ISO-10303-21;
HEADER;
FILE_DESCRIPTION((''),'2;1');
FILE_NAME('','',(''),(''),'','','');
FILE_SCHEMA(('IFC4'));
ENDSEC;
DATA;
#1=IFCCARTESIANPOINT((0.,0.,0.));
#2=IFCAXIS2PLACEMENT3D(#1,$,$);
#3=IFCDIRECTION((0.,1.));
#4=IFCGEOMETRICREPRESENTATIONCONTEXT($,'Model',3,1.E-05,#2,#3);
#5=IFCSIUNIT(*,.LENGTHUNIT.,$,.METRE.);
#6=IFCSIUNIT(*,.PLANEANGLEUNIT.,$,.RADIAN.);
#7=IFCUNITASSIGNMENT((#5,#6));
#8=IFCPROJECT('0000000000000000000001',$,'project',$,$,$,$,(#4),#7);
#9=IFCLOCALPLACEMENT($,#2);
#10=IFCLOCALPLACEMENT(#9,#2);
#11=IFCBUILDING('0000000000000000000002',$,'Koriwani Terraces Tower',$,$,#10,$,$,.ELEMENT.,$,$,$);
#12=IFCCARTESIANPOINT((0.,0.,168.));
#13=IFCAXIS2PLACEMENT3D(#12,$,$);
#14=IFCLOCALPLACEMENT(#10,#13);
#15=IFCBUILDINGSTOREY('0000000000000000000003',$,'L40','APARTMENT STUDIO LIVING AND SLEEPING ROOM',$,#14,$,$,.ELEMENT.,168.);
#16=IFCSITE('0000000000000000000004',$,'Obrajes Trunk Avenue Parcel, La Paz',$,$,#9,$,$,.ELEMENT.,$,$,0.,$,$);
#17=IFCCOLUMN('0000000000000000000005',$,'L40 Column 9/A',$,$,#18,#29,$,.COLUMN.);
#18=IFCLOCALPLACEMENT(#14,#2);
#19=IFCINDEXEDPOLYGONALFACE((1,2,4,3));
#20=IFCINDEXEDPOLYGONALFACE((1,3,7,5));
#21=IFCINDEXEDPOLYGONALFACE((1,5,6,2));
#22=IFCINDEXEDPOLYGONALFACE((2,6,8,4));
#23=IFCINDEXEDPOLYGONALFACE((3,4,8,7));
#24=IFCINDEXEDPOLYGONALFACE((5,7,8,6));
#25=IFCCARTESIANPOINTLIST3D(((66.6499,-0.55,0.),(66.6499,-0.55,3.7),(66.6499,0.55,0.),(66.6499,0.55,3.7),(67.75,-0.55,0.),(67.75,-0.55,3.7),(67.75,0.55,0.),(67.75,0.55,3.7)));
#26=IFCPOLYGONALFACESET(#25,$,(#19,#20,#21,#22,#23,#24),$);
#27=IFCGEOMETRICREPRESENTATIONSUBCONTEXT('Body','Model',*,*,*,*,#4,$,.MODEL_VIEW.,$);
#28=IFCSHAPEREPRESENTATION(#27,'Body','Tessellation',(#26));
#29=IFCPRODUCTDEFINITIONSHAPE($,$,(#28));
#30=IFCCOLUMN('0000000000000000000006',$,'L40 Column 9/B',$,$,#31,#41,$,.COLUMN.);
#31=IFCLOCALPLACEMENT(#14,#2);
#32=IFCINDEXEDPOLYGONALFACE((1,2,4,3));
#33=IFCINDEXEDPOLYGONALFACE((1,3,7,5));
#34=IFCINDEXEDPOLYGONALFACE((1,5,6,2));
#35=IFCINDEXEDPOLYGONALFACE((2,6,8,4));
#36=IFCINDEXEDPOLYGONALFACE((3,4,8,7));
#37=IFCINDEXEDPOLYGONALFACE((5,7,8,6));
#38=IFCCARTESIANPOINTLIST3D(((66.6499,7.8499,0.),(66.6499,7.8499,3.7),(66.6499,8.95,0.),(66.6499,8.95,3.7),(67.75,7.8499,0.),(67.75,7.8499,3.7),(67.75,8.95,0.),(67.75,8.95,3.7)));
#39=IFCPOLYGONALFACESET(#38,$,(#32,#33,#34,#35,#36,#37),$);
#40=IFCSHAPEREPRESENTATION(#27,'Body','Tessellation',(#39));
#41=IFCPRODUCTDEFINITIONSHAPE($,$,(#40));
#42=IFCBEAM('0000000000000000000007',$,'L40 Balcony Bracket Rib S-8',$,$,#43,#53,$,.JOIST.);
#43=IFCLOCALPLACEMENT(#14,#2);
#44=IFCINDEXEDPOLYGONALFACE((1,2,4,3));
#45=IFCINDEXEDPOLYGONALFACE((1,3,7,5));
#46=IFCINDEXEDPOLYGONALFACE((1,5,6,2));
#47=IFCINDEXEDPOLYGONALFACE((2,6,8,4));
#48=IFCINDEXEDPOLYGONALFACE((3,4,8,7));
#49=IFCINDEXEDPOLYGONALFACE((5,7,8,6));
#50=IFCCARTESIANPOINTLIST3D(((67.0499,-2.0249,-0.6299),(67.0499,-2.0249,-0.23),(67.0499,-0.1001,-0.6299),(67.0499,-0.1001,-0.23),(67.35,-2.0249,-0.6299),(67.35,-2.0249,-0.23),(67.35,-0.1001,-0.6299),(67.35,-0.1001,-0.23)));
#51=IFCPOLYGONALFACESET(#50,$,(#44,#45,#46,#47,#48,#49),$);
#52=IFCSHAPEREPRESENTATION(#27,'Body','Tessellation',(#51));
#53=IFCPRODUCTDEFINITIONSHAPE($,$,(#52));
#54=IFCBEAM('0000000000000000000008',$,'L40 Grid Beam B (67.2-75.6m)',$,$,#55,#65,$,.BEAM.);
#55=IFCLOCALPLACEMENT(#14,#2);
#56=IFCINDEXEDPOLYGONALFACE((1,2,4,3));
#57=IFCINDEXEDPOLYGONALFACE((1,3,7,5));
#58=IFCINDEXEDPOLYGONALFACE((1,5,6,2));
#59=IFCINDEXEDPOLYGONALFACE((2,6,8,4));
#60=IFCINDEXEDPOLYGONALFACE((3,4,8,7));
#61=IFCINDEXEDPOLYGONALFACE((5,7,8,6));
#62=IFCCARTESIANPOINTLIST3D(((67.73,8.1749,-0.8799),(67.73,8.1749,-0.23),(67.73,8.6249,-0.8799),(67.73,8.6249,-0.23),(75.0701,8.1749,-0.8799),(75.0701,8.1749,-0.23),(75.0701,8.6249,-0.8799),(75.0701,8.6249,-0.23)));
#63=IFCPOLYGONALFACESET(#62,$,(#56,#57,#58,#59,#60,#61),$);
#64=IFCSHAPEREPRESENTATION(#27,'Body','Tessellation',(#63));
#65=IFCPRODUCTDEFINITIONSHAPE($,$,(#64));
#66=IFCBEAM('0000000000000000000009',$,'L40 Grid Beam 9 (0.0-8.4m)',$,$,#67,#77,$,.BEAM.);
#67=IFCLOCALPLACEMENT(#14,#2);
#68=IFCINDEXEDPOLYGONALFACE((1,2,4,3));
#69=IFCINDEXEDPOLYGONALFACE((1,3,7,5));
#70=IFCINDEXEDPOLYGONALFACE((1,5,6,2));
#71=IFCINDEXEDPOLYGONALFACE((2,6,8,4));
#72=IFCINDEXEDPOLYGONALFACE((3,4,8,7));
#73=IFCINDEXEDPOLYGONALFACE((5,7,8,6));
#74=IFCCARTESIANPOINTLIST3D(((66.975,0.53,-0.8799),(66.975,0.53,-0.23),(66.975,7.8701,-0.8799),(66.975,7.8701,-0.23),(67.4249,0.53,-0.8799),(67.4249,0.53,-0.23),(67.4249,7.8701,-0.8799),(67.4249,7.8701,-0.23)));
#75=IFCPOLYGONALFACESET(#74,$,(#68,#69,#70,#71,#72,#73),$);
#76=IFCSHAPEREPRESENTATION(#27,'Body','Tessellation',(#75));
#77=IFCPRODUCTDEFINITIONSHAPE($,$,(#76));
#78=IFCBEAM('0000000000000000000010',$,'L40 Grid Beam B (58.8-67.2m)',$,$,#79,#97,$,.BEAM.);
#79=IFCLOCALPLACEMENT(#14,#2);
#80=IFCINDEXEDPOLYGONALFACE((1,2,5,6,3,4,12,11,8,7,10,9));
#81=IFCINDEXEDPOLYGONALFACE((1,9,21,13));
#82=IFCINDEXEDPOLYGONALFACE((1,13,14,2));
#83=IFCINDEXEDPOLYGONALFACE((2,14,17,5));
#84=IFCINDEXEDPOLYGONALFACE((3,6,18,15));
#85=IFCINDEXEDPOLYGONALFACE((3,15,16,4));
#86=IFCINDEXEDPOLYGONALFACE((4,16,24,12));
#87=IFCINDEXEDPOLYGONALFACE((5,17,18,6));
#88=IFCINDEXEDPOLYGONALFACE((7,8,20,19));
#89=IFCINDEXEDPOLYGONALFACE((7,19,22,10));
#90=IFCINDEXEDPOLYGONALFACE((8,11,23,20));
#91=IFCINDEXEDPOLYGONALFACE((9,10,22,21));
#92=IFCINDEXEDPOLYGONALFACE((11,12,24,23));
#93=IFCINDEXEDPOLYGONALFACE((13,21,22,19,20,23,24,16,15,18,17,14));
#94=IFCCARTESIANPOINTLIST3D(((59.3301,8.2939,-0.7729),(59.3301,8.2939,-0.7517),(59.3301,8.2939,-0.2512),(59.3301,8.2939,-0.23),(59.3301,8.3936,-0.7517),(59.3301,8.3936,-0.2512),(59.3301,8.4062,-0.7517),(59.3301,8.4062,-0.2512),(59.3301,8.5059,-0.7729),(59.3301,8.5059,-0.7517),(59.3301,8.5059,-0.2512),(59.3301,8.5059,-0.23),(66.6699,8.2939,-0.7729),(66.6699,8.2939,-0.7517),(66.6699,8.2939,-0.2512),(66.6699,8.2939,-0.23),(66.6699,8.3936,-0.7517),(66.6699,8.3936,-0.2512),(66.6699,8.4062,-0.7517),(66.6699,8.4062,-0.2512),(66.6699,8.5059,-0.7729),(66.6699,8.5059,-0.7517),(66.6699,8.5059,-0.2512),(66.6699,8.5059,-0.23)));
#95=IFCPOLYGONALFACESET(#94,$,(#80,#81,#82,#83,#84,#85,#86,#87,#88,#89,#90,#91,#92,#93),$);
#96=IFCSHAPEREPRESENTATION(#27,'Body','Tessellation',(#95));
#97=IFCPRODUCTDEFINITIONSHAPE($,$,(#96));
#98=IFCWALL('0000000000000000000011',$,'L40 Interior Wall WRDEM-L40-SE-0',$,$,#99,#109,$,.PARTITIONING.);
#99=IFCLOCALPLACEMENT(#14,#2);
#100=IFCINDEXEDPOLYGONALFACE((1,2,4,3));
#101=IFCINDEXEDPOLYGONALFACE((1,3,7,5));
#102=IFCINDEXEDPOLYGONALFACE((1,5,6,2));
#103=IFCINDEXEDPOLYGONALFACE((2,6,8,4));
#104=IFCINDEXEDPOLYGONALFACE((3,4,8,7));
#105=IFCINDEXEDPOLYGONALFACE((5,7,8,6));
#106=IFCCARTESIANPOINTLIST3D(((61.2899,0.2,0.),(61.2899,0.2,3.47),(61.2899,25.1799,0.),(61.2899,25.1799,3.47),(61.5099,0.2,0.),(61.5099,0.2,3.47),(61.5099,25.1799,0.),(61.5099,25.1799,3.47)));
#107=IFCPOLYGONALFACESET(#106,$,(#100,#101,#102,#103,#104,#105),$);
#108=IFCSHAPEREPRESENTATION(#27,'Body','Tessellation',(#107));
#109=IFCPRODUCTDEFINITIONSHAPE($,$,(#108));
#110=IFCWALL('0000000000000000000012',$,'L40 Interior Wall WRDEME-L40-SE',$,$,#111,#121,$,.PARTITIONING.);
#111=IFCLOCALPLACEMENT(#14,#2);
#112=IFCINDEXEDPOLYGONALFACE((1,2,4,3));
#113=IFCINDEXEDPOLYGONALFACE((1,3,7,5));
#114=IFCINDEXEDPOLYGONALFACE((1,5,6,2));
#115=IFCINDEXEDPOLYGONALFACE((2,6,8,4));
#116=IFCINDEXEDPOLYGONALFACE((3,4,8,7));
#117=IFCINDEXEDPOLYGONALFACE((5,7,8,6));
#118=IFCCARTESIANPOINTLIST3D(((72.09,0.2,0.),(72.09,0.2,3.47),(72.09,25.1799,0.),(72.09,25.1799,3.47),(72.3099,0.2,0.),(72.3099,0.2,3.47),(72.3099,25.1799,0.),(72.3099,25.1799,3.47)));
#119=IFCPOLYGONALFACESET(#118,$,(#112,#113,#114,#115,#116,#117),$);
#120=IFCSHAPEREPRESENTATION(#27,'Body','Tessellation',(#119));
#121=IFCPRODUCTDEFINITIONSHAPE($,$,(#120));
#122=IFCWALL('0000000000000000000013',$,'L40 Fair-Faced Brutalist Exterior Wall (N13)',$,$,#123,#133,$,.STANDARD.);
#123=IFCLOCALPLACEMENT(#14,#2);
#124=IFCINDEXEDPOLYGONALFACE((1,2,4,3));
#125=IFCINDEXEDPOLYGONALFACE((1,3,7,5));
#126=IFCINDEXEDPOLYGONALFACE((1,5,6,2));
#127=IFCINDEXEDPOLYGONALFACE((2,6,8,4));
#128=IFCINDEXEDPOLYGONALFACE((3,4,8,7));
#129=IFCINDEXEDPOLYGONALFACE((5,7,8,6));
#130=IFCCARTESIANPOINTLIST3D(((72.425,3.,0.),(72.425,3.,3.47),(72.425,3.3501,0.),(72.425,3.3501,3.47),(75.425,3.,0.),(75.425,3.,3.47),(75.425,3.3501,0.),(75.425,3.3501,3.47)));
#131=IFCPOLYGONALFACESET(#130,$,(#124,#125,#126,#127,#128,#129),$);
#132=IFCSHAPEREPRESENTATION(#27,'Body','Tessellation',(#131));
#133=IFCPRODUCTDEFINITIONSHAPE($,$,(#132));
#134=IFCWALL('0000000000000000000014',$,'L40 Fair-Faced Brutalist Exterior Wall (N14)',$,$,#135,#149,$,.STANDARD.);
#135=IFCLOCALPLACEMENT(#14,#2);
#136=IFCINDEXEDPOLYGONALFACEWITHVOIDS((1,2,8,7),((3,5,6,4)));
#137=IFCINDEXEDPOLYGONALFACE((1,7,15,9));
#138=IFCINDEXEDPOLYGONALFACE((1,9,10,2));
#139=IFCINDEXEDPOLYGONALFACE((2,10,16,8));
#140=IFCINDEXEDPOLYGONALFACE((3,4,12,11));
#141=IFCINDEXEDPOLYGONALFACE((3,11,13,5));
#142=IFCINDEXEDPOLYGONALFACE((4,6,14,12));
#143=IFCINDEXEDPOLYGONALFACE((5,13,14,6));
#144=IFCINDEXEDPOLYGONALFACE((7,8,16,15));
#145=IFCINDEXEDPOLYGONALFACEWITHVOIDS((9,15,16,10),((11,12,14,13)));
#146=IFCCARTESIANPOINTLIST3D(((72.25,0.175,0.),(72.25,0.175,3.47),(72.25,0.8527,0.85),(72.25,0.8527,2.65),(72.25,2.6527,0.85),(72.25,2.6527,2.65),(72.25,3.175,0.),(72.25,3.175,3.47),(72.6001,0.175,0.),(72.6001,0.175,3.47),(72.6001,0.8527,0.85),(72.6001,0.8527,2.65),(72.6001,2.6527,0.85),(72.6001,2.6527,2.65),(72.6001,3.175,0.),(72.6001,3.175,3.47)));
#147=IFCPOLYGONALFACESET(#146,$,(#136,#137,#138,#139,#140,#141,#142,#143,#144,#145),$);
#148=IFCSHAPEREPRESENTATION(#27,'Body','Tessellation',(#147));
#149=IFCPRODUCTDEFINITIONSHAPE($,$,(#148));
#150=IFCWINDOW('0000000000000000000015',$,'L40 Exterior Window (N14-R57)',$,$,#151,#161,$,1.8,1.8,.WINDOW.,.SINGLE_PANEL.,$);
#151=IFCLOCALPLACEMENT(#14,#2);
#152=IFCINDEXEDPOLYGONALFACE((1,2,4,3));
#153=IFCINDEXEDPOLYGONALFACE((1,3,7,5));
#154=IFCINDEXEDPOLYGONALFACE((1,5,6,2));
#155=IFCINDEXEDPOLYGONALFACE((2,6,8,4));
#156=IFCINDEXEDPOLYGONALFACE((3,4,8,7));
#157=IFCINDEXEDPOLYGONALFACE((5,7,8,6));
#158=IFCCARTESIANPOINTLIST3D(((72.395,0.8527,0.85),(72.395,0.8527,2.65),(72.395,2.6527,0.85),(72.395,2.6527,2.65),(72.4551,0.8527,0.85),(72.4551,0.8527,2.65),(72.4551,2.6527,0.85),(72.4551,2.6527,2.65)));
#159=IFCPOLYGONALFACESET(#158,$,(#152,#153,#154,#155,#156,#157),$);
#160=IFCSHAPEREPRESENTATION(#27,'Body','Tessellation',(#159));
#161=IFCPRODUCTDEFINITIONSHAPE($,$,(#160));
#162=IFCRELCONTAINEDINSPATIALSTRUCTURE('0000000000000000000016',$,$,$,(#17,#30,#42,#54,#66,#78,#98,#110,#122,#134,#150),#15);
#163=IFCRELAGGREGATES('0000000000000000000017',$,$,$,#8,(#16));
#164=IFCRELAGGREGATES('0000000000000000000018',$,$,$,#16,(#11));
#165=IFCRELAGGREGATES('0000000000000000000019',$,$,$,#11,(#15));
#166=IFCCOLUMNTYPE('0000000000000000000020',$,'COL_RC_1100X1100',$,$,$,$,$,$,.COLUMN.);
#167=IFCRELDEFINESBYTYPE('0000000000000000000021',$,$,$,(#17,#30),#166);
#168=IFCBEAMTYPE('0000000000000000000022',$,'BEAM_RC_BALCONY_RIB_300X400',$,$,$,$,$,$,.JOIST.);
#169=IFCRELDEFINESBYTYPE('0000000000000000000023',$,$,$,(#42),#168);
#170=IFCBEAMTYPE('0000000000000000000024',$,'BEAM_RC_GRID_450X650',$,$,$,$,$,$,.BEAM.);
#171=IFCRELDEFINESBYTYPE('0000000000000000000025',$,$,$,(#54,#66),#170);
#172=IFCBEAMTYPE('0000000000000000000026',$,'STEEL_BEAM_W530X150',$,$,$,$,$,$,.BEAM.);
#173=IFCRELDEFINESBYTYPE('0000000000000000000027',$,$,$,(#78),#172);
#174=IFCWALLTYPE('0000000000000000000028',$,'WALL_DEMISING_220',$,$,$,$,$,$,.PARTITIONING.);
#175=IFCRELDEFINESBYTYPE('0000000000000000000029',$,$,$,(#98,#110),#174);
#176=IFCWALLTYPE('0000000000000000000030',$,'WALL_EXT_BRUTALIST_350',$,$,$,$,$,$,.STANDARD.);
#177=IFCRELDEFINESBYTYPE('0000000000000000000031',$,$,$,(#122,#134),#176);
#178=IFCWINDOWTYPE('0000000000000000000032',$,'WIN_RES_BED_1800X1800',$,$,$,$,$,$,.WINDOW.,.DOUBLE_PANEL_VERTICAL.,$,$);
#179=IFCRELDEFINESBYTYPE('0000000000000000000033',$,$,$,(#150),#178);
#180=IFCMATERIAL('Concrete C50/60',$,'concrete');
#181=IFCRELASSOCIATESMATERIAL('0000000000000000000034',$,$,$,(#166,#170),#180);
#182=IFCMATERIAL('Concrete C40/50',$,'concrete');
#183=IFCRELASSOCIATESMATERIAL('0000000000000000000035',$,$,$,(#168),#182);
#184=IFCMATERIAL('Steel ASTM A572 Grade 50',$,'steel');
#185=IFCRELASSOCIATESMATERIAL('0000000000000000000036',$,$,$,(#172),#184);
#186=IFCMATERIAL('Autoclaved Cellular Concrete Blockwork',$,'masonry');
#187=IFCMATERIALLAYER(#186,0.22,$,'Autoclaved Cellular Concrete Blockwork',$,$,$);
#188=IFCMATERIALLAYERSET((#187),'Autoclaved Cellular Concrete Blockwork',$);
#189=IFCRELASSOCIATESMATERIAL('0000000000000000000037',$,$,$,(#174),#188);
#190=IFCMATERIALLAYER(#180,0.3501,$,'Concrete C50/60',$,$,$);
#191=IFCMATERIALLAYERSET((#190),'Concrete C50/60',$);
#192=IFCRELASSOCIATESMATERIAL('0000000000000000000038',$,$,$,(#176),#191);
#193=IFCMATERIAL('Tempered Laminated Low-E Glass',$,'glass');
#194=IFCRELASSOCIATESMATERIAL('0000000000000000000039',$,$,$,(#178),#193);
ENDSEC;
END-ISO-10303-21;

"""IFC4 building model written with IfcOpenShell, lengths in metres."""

from ifc_helpers import new_model, si_unit, direction, frame, frame_2d, origin, origin_2d, place, context, subcontext, project, spatial, rectangle, i_section, extrude, material, layer, layer_set, material_profile, profile_set, type_object, element, fill, save


model = new_model("IFC4")

# Units and contexts
model_context = context("Model", 3, precision=1e-05, world=origin(), true_north=direction((0.0, 1.0)))
body_context = subcontext(model_context, "Body", "Model", "MODEL_VIEW")
ifc_project = project(units=[si_unit("LENGTHUNIT", "METRE"), si_unit("PLANEANGLEUNIT", "RADIAN")], contexts=[model_context])

# Site, building, storey
site_placement = place(None, origin())
site = spatial("IfcSite", under=ifc_project, at=site_placement, Name="Obrajes Trunk Avenue Parcel, La Paz", CompositionType="ELEMENT", RefElevation=0.0)
building_placement = place(site_placement, origin())
building = spatial("IfcBuilding", under=site, at=building_placement, Name="Koriwani Terraces Tower", CompositionType="ELEMENT")
storey_placement = place(building_placement, frame((0.0, 0.0, 168.0)))
storey = spatial("IfcBuildingStorey", under=building, at=storey_placement, Name="L40", Description="APARTMENT STUDIO LIVING AND SLEEPING ROOM", CompositionType="ELEMENT", Elevation=168.0)

# Columns
ifc_material_1 = material(Name="Concrete C50/60", Category="concrete")
ifc_material_profile_1 = material_profile(ifc_material_1, rectangle(XDim=1.1001, YDim=1.1001, at=origin_2d()), Name="Concrete C50/60", Category="LoadBearing")
ifc_profile_set_1 = profile_set([ifc_material_profile_1], Name="Concrete C50/60")
column_type = type_object("IfcColumnType", Name="COL_RC_1100X1100", PredefinedType="COLUMN", material=ifc_profile_set_1)
for number, where, z_axis, x_axis, name in (
    (1, (67.2, 0.0, 0.0), (0.0, 0.0, 1.0), (1.0, 0.0, 0.0), "L40 Column 9/A"),
    (2, (67.2, 8.3999, 0.0), (0.0, 0.0, 1.0), (1.0, 0.0, 0.0), "L40 Column 9/B"),
):
    element("IfcColumn", number, at=place(storey_placement, frame(where, z_axis=z_axis, x_axis=x_axis)), inside=storey, type_object=column_type, Name=name, PredefinedType="COLUMN", context=body_context, shape_type="SweptSolid", body=[
        extrude(rectangle(XDim=1.1001, YDim=1.1001, at=origin_2d()), origin(), (0.0, 0.0, 1.0), 3.7),
    ])

# Beams
ifc_material_2 = material(Name="Concrete C40/50", Category="concrete")
ifc_material_profile_2 = material_profile(ifc_material_2, rectangle(XDim=0.3, YDim=0.3999, at=origin_2d()), Name="Concrete C40/50", Category="LoadBearing")
ifc_profile_set_2 = profile_set([ifc_material_profile_2], Name="Concrete C40/50")
beam_type_1 = type_object("IfcBeamType", Name="BEAM_RC_BALCONY_RIB_300X400", PredefinedType="JOIST", material=ifc_profile_set_2)
beam_1_placement = place(storey_placement, frame((67.2, -2.0249, -0.4299), z_axis=(0.0, 1.0, 0.0), x_axis=(-1.0, 0.0, 0.0)))
element("IfcBeam", 3, at=beam_1_placement, inside=storey, type_object=beam_type_1, Name="L40 Balcony Bracket Rib S-8", PredefinedType="JOIST", context=body_context, shape_type="SweptSolid", body=[
    extrude(rectangle(XDim=0.3, YDim=0.3999, at=origin_2d()), origin(), (0.0, 0.0, 1.0), 1.9248),
])
ifc_material_profile_3 = material_profile(ifc_material_1, rectangle(XDim=0.45, YDim=0.6499, at=origin_2d()), Name="Concrete C50/60", Category="LoadBearing")
ifc_profile_set_3 = profile_set([ifc_material_profile_3], Name="Concrete C50/60")
beam_type_2 = type_object("IfcBeamType", Name="BEAM_RC_GRID_450X650", PredefinedType="BEAM", material=ifc_profile_set_3)
for number, where, z_axis, x_axis, name in (
    (4, (67.73, 8.3999, -0.5549), (1.0, 0.0, 0.0), (0.0, 1.0, 0.0), "L40 Grid Beam B (67.2-75.6m)"),
    (5, (67.2, 0.53, -0.5549), (0.0, 1.0, 0.0), (-1.0, 0.0, 0.0), "L40 Grid Beam 9 (0.0-8.4m)"),
):
    element("IfcBeam", number, at=place(storey_placement, frame(where, z_axis=z_axis, x_axis=x_axis)), inside=storey, type_object=beam_type_2, Name=name, PredefinedType="BEAM", context=body_context, shape_type="SweptSolid", body=[
        extrude(rectangle(XDim=0.45, YDim=0.6499, at=origin_2d()), origin(), (0.0, 0.0, 1.0), 7.3401),
    ])
ifc_material_3 = material(Name="Steel ASTM A572 Grade 50", Category="steel")
ifc_material_profile_4 = material_profile(ifc_material_3, i_section(OverallWidth=0.2119, OverallDepth=0.543, WebThickness=0.0127, FlangeThickness=0.0212, at=origin_2d()), Name="Steel ASTM A572 Grade 50", Category="LoadBearing")
ifc_profile_set_4 = profile_set([ifc_material_profile_4], Name="Steel ASTM A572 Grade 50")
beam_type_3 = type_object("IfcBeamType", Name="STEEL_BEAM_W530X150", PredefinedType="BEAM", material=ifc_profile_set_4)
beam_2_placement = place(storey_placement, frame((59.3301, 8.3999, -0.5015), z_axis=(1.0, 0.0, 0.0), x_axis=(0.0, 1.0, 0.0)))
element("IfcBeam", 6, at=beam_2_placement, inside=storey, type_object=beam_type_3, Name="L40 Grid Beam B (58.8-67.2m)", PredefinedType="BEAM", context=body_context, shape_type="SweptSolid", body=[
    extrude(i_section(OverallWidth=0.2119, OverallDepth=0.543, WebThickness=0.0127, FlangeThickness=0.0212, at=origin_2d()), origin(), (0.0, 0.0, 1.0), 7.3398),
])

# Walls
ifc_material_4 = material(Name="Autoclaved Cellular Concrete Blockwork", Category="masonry")
ifc_layer_1 = layer(ifc_material_4, 0.22, Name="Autoclaved Cellular Concrete Blockwork")
ifc_layer_set_1 = layer_set([ifc_layer_1], Name="Autoclaved Cellular Concrete Blockwork")
wall_type_1 = type_object("IfcWallType", Name="WALL_DEMISING_220", PredefinedType="PARTITIONING", material=ifc_layer_set_1)
for number, where, z_axis, x_axis, name in (
    (7, (61.3999, 0.2, 0.0), (0.0, 0.0, 1.0), (0.0, 1.0, 0.0), "L40 Interior Wall WRDEM-L40-SE-0"),
    (8, (72.2, 0.2, 0.0), (0.0, 0.0, 1.0), (0.0, 1.0, 0.0), "L40 Interior Wall WRDEME-L40-SE"),
):
    element("IfcWall", number, at=place(storey_placement, frame(where, z_axis=z_axis, x_axis=x_axis)), inside=storey, type_object=wall_type_1, Name=name, PredefinedType="PARTITIONING", context=body_context, shape_type="SweptSolid", body=[
        extrude(rectangle(XDim=24.98, YDim=0.22, at=frame_2d((12.49, 0.0))), origin(), (0.0, 0.0, 1.0), 3.47),
    ])
ifc_layer_2 = layer(ifc_material_1, 0.3501, Name="Concrete C50/60")
ifc_layer_set_2 = layer_set([ifc_layer_2], Name="Concrete C50/60")
wall_type_2 = type_object("IfcWallType", Name="WALL_EXT_BRUTALIST_350", PredefinedType="STANDARD", material=ifc_layer_set_2)
wall_1_placement = place(storey_placement, frame((75.425, 3.175, 0.0), z_axis=(0.0, 0.0, 1.0), x_axis=(-1.0, 0.0, 0.0)))
element("IfcWall", 9, at=wall_1_placement, inside=storey, type_object=wall_type_2, Name="L40 Fair-Faced Brutalist Exterior Wall (N13)", PredefinedType="STANDARD", context=body_context, shape_type="SweptSolid", body=[
    extrude(rectangle(XDim=3.0, YDim=0.3501, at=frame_2d((1.5, 0.0))), origin(), (0.0, 0.0, 1.0), 3.47),
])

# Wall, opening, window
wall_2_placement = place(storey_placement, frame((72.425, 3.175, 0.0), z_axis=(0.0, 0.0, 1.0), x_axis=(0.0, -1.0, 0.0)))
wall_2 = element("IfcWall", 10, at=wall_2_placement, inside=storey, type_object=wall_type_2, Name="L40 Fair-Faced Brutalist Exterior Wall (N14)", PredefinedType="STANDARD", context=body_context, shape_type="SweptSolid", body=[
    extrude(rectangle(XDim=3.0, YDim=0.3501, at=frame_2d((1.5, 0.0))), origin(), (0.0, 0.0, 1.0), 3.47),
])
opening_1_placement = place(wall_2_placement, frame((0.5225, 0.0, 0.8501)))
opening_1 = element("IfcOpeningElement", 11, at=opening_1_placement, cuts=wall_2, PredefinedType="OPENING", context=body_context, shape_type="SweptSolid", body=[
    extrude(rectangle(XDim=1.8, YDim=1.8, at=frame_2d((0.8999, 0.8999))), frame((0.0, 0.1851, 0.0), z_axis=(0.0, -1.0, 0.0), x_axis=(1.0, 0.0, 0.0)), (0.0, 0.0, 1.0), 0.3701),
])
ifc_material_5 = material(Name="Tempered Laminated Low-E Glass", Category="glass")
window_type_1 = type_object("IfcWindowType", Name="WIN_RES_BED_1800X1800", PartitioningType="DOUBLE_PANEL_VERTICAL", PredefinedType="WINDOW", material=ifc_material_5)
window_1_placement = place(opening_1_placement, origin())
window_1 = element("IfcWindow", 12, at=window_1_placement, inside=storey, type_object=window_type_1, Name="L40 Exterior Window (N14-R57)", OverallHeight=1.8, OverallWidth=1.8, PartitioningType="SINGLE_PANEL", PredefinedType="WINDOW", context=body_context, shape_type="SweptSolid", body=[
    extrude(rectangle(XDim=1.8, YDim=1.8, at=frame_2d((0.8999, 0.8999))), frame((0.0, 0.03, 0.0), z_axis=(0.0, -1.0, 0.0), x_axis=(1.0, 0.0, 0.0)), (0.0, 0.0, 1.0), 0.0601),
])
fill(opening_1, window_1)

save(model, "model.ifc")
